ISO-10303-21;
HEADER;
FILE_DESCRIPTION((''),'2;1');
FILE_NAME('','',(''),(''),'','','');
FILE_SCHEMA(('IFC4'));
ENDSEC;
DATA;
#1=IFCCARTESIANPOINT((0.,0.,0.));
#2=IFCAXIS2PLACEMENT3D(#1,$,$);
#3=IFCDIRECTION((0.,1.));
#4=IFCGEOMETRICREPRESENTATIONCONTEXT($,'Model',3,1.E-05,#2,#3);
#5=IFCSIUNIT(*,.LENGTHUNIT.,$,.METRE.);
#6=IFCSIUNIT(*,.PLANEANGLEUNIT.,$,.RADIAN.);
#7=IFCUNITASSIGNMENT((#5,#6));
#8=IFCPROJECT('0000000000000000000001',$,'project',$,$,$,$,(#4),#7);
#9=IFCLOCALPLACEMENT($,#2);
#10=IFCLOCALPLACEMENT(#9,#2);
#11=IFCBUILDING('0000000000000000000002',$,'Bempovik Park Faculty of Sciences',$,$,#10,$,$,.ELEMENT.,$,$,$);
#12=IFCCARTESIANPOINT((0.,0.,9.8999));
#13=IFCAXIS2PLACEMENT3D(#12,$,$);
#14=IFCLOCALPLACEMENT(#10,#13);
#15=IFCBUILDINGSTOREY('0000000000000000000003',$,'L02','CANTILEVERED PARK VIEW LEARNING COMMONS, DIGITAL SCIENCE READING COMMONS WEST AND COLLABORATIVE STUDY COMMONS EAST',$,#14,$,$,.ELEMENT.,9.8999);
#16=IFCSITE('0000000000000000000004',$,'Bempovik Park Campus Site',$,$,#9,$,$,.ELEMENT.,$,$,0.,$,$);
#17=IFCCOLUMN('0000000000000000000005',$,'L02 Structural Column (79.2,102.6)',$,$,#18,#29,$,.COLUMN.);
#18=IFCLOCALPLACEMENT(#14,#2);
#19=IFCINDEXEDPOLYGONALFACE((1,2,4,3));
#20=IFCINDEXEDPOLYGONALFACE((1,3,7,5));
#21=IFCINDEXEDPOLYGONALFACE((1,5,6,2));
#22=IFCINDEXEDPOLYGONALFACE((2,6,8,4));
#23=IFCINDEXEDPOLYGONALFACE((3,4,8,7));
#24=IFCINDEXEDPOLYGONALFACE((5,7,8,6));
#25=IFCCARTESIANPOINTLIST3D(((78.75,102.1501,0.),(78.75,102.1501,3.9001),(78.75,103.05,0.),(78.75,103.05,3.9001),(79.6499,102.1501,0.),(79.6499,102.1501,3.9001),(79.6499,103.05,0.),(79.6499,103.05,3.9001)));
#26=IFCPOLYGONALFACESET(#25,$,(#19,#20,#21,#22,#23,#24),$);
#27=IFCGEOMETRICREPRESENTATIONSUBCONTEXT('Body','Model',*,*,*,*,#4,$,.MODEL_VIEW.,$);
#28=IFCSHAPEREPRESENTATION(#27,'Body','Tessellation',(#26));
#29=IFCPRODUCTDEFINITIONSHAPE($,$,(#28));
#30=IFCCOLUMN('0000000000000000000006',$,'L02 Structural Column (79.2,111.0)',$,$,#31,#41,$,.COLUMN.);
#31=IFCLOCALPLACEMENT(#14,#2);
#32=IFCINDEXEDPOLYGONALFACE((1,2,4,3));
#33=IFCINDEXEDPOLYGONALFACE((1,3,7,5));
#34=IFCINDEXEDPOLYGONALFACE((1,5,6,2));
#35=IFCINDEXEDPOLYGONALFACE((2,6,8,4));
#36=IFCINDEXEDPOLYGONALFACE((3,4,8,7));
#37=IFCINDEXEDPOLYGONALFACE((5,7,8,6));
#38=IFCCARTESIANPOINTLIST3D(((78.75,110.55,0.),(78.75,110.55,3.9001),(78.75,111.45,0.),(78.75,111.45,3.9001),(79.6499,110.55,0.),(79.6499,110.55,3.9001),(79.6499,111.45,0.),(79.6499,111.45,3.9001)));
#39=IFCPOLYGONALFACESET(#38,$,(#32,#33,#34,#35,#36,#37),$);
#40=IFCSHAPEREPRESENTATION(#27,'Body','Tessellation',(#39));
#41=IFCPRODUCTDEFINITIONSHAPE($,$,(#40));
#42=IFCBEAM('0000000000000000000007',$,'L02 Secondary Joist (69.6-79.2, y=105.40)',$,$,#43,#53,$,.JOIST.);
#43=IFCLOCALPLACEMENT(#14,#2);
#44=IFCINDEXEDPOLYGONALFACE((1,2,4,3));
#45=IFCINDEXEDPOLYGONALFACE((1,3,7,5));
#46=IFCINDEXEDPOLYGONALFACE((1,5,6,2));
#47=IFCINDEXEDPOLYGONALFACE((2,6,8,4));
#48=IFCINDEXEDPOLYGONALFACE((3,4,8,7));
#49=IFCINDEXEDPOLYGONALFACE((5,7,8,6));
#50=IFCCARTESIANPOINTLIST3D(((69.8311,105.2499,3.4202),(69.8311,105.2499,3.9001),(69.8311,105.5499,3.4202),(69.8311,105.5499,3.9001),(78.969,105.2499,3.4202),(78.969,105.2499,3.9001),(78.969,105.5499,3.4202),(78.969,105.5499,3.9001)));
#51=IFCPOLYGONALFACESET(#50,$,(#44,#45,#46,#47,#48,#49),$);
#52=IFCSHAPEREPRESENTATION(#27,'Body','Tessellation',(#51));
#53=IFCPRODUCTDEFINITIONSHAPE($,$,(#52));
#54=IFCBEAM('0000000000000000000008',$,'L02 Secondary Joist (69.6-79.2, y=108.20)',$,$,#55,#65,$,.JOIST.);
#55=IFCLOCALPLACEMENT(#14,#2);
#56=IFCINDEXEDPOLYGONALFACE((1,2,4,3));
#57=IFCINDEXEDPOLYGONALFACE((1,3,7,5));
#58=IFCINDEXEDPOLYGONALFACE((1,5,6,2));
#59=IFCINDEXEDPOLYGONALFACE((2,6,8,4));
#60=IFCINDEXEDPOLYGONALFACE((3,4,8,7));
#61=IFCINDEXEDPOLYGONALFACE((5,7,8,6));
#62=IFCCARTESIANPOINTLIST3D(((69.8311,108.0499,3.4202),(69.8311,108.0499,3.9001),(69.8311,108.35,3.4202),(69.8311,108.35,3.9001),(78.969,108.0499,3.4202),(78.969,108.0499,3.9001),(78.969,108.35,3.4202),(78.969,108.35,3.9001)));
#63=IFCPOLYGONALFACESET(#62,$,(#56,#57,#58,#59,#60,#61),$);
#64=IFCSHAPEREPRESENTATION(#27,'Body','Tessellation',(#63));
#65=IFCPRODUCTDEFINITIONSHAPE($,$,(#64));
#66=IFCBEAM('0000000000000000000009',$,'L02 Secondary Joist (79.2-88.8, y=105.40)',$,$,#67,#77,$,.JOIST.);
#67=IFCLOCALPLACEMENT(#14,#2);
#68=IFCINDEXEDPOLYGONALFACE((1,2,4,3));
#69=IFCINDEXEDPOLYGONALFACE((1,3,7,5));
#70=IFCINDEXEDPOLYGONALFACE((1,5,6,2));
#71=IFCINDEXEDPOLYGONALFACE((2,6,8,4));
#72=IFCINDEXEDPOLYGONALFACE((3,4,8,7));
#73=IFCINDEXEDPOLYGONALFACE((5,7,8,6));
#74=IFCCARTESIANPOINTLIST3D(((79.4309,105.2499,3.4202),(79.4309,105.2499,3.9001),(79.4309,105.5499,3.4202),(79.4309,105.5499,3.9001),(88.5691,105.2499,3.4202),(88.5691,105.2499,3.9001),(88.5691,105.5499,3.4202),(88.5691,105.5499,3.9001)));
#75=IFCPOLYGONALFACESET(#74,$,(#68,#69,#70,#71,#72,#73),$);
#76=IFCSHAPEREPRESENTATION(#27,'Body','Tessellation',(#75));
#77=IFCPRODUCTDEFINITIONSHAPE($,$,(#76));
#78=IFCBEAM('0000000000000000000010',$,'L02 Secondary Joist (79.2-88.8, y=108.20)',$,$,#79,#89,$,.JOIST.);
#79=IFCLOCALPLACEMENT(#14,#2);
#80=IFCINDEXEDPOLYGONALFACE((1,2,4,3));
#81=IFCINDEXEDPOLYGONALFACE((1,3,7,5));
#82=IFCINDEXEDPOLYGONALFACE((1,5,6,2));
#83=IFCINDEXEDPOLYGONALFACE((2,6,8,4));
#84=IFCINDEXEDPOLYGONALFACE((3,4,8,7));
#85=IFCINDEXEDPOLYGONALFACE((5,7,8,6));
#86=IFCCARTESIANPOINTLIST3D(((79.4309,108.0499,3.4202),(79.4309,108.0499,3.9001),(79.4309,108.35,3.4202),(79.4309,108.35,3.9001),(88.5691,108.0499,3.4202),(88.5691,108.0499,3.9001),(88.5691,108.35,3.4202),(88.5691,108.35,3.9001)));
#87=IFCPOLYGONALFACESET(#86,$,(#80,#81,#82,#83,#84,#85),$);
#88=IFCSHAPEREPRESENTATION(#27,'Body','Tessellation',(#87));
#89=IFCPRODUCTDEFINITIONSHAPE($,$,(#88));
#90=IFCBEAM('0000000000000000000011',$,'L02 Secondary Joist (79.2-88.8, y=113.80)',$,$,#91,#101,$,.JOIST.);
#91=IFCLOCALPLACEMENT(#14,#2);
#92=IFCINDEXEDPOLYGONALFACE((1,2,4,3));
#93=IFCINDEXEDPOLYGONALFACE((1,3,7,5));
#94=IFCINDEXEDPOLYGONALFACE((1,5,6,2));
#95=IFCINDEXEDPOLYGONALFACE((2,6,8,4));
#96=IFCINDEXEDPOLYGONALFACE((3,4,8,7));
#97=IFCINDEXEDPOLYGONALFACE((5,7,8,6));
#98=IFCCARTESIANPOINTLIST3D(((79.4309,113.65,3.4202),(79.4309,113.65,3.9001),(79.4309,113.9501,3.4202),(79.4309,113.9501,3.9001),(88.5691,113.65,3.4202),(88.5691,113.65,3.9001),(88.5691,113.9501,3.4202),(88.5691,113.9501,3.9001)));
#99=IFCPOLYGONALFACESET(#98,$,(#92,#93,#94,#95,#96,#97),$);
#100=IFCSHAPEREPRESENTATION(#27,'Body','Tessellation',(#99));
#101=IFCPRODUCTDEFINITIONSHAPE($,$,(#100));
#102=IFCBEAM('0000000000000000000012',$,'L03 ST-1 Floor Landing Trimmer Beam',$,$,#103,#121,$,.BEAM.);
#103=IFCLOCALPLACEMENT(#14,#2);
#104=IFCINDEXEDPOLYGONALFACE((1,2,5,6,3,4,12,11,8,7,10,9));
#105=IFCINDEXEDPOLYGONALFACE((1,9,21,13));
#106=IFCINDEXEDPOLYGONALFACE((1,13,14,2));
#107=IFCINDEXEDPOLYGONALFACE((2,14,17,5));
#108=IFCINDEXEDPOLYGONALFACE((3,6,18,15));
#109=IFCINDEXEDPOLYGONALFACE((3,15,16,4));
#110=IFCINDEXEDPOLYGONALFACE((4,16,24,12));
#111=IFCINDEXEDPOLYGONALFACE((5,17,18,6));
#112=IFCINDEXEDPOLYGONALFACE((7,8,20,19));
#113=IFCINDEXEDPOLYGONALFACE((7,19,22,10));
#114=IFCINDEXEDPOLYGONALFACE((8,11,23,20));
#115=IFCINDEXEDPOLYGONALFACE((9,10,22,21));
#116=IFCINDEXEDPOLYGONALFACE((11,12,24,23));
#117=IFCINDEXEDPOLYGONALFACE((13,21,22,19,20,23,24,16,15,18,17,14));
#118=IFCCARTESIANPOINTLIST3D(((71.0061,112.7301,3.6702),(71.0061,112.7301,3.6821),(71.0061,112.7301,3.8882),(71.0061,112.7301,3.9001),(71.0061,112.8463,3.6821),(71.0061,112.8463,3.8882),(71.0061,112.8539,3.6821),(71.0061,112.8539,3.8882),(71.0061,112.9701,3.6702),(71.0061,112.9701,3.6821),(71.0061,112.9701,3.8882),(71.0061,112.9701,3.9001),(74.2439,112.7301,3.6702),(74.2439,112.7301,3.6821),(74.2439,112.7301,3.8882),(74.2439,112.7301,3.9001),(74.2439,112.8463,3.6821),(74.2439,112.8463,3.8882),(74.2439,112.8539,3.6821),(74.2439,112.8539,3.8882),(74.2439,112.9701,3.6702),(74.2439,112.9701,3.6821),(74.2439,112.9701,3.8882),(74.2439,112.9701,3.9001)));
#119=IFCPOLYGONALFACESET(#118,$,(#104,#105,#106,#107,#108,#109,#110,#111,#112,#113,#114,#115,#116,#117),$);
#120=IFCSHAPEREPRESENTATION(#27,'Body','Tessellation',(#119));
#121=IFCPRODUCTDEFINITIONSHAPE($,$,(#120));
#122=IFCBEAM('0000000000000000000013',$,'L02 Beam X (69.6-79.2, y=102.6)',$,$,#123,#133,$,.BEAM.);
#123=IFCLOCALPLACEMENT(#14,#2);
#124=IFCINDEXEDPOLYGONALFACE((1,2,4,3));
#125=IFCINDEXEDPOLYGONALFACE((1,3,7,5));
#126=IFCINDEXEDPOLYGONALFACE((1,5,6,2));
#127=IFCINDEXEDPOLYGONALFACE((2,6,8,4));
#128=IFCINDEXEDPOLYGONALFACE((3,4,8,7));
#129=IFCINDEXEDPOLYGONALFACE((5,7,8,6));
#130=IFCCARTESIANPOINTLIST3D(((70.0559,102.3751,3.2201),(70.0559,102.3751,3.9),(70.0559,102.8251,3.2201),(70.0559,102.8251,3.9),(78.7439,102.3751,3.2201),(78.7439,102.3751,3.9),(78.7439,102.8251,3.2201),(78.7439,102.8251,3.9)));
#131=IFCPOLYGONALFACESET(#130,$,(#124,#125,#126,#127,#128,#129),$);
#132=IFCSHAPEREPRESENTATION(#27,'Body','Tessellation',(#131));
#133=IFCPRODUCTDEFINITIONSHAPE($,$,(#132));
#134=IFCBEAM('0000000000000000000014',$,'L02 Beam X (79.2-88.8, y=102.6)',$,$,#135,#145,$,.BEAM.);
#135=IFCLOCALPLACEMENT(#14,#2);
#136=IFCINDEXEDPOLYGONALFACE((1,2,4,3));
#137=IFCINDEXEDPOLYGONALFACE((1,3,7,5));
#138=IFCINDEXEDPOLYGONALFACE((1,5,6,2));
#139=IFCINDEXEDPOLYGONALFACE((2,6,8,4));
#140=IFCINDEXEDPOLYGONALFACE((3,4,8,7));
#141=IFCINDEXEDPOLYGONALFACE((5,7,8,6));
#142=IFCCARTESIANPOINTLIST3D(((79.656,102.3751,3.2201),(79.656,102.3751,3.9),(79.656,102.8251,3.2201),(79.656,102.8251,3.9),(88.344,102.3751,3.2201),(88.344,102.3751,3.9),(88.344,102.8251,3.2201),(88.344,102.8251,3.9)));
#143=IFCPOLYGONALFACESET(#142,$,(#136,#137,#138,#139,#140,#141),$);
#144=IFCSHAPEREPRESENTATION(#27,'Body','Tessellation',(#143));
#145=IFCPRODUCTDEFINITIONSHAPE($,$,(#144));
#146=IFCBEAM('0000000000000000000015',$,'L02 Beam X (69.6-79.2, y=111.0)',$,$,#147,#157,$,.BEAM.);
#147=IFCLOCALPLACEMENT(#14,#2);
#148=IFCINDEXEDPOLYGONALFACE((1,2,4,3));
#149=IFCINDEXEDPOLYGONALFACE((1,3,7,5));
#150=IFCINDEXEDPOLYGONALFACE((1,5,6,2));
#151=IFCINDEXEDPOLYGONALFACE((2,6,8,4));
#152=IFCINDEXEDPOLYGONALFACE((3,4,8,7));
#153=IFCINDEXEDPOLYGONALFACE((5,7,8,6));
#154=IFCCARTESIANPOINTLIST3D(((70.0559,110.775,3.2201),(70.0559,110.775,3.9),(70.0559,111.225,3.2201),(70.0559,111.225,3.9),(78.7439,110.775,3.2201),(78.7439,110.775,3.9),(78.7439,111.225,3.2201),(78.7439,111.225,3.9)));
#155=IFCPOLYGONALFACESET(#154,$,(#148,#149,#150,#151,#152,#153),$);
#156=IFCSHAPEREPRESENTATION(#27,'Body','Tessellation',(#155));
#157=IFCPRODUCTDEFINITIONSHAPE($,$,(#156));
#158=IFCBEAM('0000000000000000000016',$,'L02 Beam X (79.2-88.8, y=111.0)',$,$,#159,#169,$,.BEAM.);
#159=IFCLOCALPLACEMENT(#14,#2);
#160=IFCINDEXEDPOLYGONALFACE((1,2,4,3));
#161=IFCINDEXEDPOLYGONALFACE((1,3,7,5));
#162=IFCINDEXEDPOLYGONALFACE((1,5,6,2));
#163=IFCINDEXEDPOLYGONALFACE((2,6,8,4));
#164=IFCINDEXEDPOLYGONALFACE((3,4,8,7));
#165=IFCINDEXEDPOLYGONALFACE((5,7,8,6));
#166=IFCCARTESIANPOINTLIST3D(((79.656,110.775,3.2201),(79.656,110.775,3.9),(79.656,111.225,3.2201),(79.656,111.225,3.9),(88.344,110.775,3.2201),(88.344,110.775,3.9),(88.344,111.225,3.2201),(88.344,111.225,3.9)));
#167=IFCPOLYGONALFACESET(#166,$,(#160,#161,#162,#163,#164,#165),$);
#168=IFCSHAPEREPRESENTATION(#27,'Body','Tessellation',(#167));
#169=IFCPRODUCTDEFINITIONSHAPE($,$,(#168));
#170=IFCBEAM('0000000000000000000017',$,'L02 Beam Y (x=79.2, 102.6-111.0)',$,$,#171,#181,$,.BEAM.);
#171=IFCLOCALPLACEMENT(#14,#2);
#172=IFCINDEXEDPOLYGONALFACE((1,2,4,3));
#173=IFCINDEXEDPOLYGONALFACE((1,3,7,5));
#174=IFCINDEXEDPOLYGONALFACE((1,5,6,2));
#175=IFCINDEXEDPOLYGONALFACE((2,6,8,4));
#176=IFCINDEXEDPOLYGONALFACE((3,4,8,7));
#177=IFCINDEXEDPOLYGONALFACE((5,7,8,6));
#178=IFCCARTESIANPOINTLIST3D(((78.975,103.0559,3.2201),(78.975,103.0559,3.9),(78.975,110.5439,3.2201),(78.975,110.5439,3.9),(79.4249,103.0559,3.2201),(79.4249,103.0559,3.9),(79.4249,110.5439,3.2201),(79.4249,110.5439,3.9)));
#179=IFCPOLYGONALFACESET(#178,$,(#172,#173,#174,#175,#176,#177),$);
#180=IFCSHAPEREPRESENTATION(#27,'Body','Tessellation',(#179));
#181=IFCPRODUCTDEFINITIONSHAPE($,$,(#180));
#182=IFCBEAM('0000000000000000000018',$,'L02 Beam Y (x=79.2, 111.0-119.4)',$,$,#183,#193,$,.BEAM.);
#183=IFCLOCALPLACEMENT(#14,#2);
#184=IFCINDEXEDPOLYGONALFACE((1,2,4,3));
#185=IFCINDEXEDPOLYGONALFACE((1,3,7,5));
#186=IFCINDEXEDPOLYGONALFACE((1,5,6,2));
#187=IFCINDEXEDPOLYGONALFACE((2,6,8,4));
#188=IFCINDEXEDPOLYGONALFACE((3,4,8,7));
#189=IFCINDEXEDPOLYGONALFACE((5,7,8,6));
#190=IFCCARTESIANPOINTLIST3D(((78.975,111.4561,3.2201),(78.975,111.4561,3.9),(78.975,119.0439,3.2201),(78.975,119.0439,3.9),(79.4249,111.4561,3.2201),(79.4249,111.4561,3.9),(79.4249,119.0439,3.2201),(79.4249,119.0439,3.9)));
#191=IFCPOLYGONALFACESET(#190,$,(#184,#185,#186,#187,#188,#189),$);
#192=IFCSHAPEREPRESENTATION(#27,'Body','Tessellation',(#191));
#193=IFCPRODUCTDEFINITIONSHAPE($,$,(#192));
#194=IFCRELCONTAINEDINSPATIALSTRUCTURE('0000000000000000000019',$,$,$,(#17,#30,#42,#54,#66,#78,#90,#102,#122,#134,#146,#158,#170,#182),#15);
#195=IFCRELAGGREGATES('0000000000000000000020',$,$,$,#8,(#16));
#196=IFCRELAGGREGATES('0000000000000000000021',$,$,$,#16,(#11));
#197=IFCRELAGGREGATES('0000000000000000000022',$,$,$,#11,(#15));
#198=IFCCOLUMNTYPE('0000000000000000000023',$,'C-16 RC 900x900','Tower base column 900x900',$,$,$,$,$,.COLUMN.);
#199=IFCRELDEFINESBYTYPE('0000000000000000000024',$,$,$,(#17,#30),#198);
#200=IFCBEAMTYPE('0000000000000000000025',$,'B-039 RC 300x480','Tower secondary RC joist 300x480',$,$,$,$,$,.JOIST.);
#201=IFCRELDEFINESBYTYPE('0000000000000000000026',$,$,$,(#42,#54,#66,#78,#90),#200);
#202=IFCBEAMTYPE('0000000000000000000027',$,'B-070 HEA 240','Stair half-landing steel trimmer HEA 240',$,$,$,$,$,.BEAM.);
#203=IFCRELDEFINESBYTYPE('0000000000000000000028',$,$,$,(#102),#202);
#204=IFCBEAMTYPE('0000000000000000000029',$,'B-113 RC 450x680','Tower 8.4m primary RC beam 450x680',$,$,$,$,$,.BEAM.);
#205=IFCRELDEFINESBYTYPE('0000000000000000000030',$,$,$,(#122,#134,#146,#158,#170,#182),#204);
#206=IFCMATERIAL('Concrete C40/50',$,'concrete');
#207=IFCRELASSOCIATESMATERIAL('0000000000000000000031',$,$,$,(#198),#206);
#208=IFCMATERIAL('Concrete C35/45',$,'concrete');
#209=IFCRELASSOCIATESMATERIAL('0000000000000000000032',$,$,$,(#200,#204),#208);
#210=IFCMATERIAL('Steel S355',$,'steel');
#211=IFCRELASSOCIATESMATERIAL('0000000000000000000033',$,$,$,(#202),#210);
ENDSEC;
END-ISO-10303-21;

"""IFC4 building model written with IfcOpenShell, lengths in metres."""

from ifc_helpers import new_model, si_unit, direction, frame, origin, origin_2d, place, context, subcontext, project, spatial, rectangle, i_section, extrude, material, material_profile, profile_set, type_object, element, save


model = new_model("IFC4")

# Units and contexts
model_context = context("Model", 3, precision=1e-05, world=origin(), true_north=direction((0.0, 1.0)))
body_context = subcontext(model_context, "Body", "Model", "MODEL_VIEW")
ifc_project = project(units=[si_unit("LENGTHUNIT", "METRE"), si_unit("PLANEANGLEUNIT", "RADIAN")], contexts=[model_context])

# Site, building, storey
site_placement = place(None, origin())
site = spatial("IfcSite", under=ifc_project, at=site_placement, Name="Bempovik Park Campus Site", CompositionType="ELEMENT", RefElevation=0.0)
building_placement = place(site_placement, origin())
building = spatial("IfcBuilding", under=site, at=building_placement, Name="Bempovik Park Faculty of Sciences", CompositionType="ELEMENT")
storey_placement = place(building_placement, frame((0.0, 0.0, 9.8999)))
storey = spatial("IfcBuildingStorey", under=building, at=storey_placement, Name="L02", Description="CANTILEVERED PARK VIEW LEARNING COMMONS, DIGITAL SCIENCE READING COMMONS WEST AND COLLABORATIVE STUDY COMMONS EAST", CompositionType="ELEMENT", Elevation=9.8999)

# Columns
ifc_material_1 = material(Name="Concrete C40/50", Category="concrete")
ifc_material_profile_1 = material_profile(ifc_material_1, rectangle(XDim=0.8999, YDim=0.8999, at=origin_2d()), Name="RC 900x900")
ifc_profile_set_1 = profile_set([ifc_material_profile_1], Name="Concrete C40/50")
column_type = type_object("IfcColumnType", Name="C-16 RC 900x900", Description="Tower base column 900x900", PredefinedType="COLUMN", material=ifc_profile_set_1)
for number, where, z_axis, x_axis, name in (
    (1, (79.2, 102.6001, 0.0), (0.0, 0.0, 1.0), (1.0, 0.0, 0.0), "L02 Structural Column (79.2,102.6)"),
    (2, (79.2, 111.0, 0.0), (0.0, 0.0, 1.0), (1.0, 0.0, 0.0), "L02 Structural Column (79.2,111.0)"),
):
    element("IfcColumn", number, at=place(storey_placement, frame(where, z_axis=z_axis, x_axis=x_axis)), inside=storey, type_object=column_type, Name=name, PredefinedType="COLUMN", context=body_context, shape_type="SweptSolid", body=[
        extrude(rectangle(XDim=0.8999, YDim=0.8999, at=origin_2d()), origin(), (0.0, 0.0, 1.0), 3.9001),
    ])

# Beams
ifc_material_2 = material(Name="Concrete C35/45", Category="concrete")
ifc_material_profile_2 = material_profile(ifc_material_2, rectangle(XDim=0.3, YDim=0.48, at=origin_2d()), Name="RC 300x480")
ifc_profile_set_2 = profile_set([ifc_material_profile_2], Name="Concrete C35/45")
beam_type_1 = type_object("IfcBeamType", Name="B-039 RC 300x480", Description="Tower secondary RC joist 300x480", PredefinedType="JOIST", material=ifc_profile_set_2)
for number, where, z_axis, x_axis, name in (
    (3, (69.8311, 105.3999, 3.6602), (1.0, 0.0, 0.0), (0.0, 1.0, 0.0), "L02 Secondary Joist (69.6-79.2, y=105.40)"),
    (4, (69.8311, 108.2, 3.6602), (1.0, 0.0, 0.0), (0.0, 1.0, 0.0), "L02 Secondary Joist (69.6-79.2, y=108.20)"),
):
    element("IfcBeam", number, at=place(storey_placement, frame(where, z_axis=z_axis, x_axis=x_axis)), inside=storey, type_object=beam_type_1, Name=name, PredefinedType="JOIST", context=body_context, shape_type="SweptSolid", body=[
        extrude(rectangle(XDim=0.3, YDim=0.48, at=origin_2d()), origin(), (0.0, 0.0, 1.0), 9.1379),
    ])
for number, where, z_axis, x_axis, name in (
    (5, (79.4309, 105.3999, 3.6602), (1.0, 0.0, 0.0), (0.0, 1.0, 0.0), "L02 Secondary Joist (79.2-88.8, y=105.40)"),
    (6, (79.4309, 108.2, 3.6602), (1.0, 0.0, 0.0), (0.0, 1.0, 0.0), "L02 Secondary Joist (79.2-88.8, y=108.20)"),
    (7, (79.4309, 113.8, 3.6602), (1.0, 0.0, 0.0), (0.0, 1.0, 0.0), "L02 Secondary Joist (79.2-88.8, y=113.80)"),
):
    element("IfcBeam", number, at=place(storey_placement, frame(where, z_axis=z_axis, x_axis=x_axis)), inside=storey, type_object=beam_type_1, Name=name, PredefinedType="JOIST", context=body_context, shape_type="SweptSolid", body=[
        extrude(rectangle(XDim=0.3, YDim=0.48, at=origin_2d()), origin(), (0.0, 0.0, 1.0), 9.1382),
    ])
ifc_material_3 = material(Name="Steel S355", Category="steel")
ifc_material_profile_3 = material_profile(ifc_material_3, i_section(OverallWidth=0.24, OverallDepth=0.23, WebThickness=0.0076, FlangeThickness=0.012, at=origin_2d()), Name="HEA 240")
ifc_profile_set_3 = profile_set([ifc_material_profile_3], Name="Steel S355")
beam_type_2 = type_object("IfcBeamType", Name="B-070 HEA 240", Description="Stair half-landing steel trimmer HEA 240", PredefinedType="BEAM", material=ifc_profile_set_3)
beam_1_placement = place(storey_placement, frame((71.0061, 112.8501, 3.7852), z_axis=(1.0, 0.0, 0.0), x_axis=(0.0, 1.0, 0.0)))
element("IfcBeam", 8, at=beam_1_placement, inside=storey, type_object=beam_type_2, Name="L03 ST-1 Floor Landing Trimmer Beam", PredefinedType="BEAM", context=body_context, shape_type="SweptSolid", body=[
    extrude(i_section(OverallWidth=0.24, OverallDepth=0.23, WebThickness=0.0076, FlangeThickness=0.012, at=origin_2d()), origin(), (0.0, 0.0, 1.0), 3.2378),
])
ifc_material_profile_4 = material_profile(ifc_material_2, rectangle(XDim=0.45, YDim=0.6799, at=origin_2d()), Name="RC 450x680")
ifc_profile_set_4 = profile_set([ifc_material_profile_4], Name="Concrete C35/45")
beam_type_3 = type_object("IfcBeamType", Name="B-113 RC 450x680", Description="Tower 8.4m primary RC beam 450x680", PredefinedType="BEAM", material=ifc_profile_set_4)
for number, where, z_axis, x_axis, name in (
    (9, (70.0559, 102.6001, 3.5601), (1.0, 0.0, 0.0), (0.0, 1.0, 0.0), "L02 Beam X (69.6-79.2, y=102.6)"),
    (10, (79.656, 102.6001, 3.5601), (1.0, 0.0, 0.0), (0.0, 1.0, 0.0), "L02 Beam X (79.2-88.8, y=102.6)"),
    (11, (70.0559, 111.0, 3.5601), (1.0, 0.0, 0.0), (0.0, 1.0, 0.0), "L02 Beam X (69.6-79.2, y=111.0)"),
    (12, (79.656, 111.0, 3.5601), (1.0, 0.0, 0.0), (0.0, 1.0, 0.0), "L02 Beam X (79.2-88.8, y=111.0)"),
):
    element("IfcBeam", number, at=place(storey_placement, frame(where, z_axis=z_axis, x_axis=x_axis)), inside=storey, type_object=beam_type_3, Name=name, PredefinedType="BEAM", context=body_context, shape_type="SweptSolid", body=[
        extrude(rectangle(XDim=0.45, YDim=0.6799, at=origin_2d()), origin(), (0.0, 0.0, 1.0), 8.688),
    ])
beam_2_placement = place(storey_placement, frame((79.2, 103.0559, 3.5601), z_axis=(0.0, 1.0, 0.0), x_axis=(-1.0, 0.0, 0.0)))
element("IfcBeam", 13, at=beam_2_placement, inside=storey, type_object=beam_type_3, Name="L02 Beam Y (x=79.2, 102.6-111.0)", PredefinedType="BEAM", context=body_context, shape_type="SweptSolid", body=[
    extrude(rectangle(XDim=0.45, YDim=0.6799, at=origin_2d()), origin(), (0.0, 0.0, 1.0), 7.488),
])
beam_3_placement = place(storey_placement, frame((79.2, 111.4561, 3.5601), z_axis=(0.0, 1.0, 0.0), x_axis=(-1.0, 0.0, 0.0)))
element("IfcBeam", 14, at=beam_3_placement, inside=storey, type_object=beam_type_3, Name="L02 Beam Y (x=79.2, 111.0-119.4)", PredefinedType="BEAM", context=body_context, shape_type="SweptSolid", body=[
    extrude(rectangle(XDim=0.45, YDim=0.6799, at=origin_2d()), origin(), (0.0, 0.0, 1.0), 7.5879),
])

save(model, "model.ifc")
